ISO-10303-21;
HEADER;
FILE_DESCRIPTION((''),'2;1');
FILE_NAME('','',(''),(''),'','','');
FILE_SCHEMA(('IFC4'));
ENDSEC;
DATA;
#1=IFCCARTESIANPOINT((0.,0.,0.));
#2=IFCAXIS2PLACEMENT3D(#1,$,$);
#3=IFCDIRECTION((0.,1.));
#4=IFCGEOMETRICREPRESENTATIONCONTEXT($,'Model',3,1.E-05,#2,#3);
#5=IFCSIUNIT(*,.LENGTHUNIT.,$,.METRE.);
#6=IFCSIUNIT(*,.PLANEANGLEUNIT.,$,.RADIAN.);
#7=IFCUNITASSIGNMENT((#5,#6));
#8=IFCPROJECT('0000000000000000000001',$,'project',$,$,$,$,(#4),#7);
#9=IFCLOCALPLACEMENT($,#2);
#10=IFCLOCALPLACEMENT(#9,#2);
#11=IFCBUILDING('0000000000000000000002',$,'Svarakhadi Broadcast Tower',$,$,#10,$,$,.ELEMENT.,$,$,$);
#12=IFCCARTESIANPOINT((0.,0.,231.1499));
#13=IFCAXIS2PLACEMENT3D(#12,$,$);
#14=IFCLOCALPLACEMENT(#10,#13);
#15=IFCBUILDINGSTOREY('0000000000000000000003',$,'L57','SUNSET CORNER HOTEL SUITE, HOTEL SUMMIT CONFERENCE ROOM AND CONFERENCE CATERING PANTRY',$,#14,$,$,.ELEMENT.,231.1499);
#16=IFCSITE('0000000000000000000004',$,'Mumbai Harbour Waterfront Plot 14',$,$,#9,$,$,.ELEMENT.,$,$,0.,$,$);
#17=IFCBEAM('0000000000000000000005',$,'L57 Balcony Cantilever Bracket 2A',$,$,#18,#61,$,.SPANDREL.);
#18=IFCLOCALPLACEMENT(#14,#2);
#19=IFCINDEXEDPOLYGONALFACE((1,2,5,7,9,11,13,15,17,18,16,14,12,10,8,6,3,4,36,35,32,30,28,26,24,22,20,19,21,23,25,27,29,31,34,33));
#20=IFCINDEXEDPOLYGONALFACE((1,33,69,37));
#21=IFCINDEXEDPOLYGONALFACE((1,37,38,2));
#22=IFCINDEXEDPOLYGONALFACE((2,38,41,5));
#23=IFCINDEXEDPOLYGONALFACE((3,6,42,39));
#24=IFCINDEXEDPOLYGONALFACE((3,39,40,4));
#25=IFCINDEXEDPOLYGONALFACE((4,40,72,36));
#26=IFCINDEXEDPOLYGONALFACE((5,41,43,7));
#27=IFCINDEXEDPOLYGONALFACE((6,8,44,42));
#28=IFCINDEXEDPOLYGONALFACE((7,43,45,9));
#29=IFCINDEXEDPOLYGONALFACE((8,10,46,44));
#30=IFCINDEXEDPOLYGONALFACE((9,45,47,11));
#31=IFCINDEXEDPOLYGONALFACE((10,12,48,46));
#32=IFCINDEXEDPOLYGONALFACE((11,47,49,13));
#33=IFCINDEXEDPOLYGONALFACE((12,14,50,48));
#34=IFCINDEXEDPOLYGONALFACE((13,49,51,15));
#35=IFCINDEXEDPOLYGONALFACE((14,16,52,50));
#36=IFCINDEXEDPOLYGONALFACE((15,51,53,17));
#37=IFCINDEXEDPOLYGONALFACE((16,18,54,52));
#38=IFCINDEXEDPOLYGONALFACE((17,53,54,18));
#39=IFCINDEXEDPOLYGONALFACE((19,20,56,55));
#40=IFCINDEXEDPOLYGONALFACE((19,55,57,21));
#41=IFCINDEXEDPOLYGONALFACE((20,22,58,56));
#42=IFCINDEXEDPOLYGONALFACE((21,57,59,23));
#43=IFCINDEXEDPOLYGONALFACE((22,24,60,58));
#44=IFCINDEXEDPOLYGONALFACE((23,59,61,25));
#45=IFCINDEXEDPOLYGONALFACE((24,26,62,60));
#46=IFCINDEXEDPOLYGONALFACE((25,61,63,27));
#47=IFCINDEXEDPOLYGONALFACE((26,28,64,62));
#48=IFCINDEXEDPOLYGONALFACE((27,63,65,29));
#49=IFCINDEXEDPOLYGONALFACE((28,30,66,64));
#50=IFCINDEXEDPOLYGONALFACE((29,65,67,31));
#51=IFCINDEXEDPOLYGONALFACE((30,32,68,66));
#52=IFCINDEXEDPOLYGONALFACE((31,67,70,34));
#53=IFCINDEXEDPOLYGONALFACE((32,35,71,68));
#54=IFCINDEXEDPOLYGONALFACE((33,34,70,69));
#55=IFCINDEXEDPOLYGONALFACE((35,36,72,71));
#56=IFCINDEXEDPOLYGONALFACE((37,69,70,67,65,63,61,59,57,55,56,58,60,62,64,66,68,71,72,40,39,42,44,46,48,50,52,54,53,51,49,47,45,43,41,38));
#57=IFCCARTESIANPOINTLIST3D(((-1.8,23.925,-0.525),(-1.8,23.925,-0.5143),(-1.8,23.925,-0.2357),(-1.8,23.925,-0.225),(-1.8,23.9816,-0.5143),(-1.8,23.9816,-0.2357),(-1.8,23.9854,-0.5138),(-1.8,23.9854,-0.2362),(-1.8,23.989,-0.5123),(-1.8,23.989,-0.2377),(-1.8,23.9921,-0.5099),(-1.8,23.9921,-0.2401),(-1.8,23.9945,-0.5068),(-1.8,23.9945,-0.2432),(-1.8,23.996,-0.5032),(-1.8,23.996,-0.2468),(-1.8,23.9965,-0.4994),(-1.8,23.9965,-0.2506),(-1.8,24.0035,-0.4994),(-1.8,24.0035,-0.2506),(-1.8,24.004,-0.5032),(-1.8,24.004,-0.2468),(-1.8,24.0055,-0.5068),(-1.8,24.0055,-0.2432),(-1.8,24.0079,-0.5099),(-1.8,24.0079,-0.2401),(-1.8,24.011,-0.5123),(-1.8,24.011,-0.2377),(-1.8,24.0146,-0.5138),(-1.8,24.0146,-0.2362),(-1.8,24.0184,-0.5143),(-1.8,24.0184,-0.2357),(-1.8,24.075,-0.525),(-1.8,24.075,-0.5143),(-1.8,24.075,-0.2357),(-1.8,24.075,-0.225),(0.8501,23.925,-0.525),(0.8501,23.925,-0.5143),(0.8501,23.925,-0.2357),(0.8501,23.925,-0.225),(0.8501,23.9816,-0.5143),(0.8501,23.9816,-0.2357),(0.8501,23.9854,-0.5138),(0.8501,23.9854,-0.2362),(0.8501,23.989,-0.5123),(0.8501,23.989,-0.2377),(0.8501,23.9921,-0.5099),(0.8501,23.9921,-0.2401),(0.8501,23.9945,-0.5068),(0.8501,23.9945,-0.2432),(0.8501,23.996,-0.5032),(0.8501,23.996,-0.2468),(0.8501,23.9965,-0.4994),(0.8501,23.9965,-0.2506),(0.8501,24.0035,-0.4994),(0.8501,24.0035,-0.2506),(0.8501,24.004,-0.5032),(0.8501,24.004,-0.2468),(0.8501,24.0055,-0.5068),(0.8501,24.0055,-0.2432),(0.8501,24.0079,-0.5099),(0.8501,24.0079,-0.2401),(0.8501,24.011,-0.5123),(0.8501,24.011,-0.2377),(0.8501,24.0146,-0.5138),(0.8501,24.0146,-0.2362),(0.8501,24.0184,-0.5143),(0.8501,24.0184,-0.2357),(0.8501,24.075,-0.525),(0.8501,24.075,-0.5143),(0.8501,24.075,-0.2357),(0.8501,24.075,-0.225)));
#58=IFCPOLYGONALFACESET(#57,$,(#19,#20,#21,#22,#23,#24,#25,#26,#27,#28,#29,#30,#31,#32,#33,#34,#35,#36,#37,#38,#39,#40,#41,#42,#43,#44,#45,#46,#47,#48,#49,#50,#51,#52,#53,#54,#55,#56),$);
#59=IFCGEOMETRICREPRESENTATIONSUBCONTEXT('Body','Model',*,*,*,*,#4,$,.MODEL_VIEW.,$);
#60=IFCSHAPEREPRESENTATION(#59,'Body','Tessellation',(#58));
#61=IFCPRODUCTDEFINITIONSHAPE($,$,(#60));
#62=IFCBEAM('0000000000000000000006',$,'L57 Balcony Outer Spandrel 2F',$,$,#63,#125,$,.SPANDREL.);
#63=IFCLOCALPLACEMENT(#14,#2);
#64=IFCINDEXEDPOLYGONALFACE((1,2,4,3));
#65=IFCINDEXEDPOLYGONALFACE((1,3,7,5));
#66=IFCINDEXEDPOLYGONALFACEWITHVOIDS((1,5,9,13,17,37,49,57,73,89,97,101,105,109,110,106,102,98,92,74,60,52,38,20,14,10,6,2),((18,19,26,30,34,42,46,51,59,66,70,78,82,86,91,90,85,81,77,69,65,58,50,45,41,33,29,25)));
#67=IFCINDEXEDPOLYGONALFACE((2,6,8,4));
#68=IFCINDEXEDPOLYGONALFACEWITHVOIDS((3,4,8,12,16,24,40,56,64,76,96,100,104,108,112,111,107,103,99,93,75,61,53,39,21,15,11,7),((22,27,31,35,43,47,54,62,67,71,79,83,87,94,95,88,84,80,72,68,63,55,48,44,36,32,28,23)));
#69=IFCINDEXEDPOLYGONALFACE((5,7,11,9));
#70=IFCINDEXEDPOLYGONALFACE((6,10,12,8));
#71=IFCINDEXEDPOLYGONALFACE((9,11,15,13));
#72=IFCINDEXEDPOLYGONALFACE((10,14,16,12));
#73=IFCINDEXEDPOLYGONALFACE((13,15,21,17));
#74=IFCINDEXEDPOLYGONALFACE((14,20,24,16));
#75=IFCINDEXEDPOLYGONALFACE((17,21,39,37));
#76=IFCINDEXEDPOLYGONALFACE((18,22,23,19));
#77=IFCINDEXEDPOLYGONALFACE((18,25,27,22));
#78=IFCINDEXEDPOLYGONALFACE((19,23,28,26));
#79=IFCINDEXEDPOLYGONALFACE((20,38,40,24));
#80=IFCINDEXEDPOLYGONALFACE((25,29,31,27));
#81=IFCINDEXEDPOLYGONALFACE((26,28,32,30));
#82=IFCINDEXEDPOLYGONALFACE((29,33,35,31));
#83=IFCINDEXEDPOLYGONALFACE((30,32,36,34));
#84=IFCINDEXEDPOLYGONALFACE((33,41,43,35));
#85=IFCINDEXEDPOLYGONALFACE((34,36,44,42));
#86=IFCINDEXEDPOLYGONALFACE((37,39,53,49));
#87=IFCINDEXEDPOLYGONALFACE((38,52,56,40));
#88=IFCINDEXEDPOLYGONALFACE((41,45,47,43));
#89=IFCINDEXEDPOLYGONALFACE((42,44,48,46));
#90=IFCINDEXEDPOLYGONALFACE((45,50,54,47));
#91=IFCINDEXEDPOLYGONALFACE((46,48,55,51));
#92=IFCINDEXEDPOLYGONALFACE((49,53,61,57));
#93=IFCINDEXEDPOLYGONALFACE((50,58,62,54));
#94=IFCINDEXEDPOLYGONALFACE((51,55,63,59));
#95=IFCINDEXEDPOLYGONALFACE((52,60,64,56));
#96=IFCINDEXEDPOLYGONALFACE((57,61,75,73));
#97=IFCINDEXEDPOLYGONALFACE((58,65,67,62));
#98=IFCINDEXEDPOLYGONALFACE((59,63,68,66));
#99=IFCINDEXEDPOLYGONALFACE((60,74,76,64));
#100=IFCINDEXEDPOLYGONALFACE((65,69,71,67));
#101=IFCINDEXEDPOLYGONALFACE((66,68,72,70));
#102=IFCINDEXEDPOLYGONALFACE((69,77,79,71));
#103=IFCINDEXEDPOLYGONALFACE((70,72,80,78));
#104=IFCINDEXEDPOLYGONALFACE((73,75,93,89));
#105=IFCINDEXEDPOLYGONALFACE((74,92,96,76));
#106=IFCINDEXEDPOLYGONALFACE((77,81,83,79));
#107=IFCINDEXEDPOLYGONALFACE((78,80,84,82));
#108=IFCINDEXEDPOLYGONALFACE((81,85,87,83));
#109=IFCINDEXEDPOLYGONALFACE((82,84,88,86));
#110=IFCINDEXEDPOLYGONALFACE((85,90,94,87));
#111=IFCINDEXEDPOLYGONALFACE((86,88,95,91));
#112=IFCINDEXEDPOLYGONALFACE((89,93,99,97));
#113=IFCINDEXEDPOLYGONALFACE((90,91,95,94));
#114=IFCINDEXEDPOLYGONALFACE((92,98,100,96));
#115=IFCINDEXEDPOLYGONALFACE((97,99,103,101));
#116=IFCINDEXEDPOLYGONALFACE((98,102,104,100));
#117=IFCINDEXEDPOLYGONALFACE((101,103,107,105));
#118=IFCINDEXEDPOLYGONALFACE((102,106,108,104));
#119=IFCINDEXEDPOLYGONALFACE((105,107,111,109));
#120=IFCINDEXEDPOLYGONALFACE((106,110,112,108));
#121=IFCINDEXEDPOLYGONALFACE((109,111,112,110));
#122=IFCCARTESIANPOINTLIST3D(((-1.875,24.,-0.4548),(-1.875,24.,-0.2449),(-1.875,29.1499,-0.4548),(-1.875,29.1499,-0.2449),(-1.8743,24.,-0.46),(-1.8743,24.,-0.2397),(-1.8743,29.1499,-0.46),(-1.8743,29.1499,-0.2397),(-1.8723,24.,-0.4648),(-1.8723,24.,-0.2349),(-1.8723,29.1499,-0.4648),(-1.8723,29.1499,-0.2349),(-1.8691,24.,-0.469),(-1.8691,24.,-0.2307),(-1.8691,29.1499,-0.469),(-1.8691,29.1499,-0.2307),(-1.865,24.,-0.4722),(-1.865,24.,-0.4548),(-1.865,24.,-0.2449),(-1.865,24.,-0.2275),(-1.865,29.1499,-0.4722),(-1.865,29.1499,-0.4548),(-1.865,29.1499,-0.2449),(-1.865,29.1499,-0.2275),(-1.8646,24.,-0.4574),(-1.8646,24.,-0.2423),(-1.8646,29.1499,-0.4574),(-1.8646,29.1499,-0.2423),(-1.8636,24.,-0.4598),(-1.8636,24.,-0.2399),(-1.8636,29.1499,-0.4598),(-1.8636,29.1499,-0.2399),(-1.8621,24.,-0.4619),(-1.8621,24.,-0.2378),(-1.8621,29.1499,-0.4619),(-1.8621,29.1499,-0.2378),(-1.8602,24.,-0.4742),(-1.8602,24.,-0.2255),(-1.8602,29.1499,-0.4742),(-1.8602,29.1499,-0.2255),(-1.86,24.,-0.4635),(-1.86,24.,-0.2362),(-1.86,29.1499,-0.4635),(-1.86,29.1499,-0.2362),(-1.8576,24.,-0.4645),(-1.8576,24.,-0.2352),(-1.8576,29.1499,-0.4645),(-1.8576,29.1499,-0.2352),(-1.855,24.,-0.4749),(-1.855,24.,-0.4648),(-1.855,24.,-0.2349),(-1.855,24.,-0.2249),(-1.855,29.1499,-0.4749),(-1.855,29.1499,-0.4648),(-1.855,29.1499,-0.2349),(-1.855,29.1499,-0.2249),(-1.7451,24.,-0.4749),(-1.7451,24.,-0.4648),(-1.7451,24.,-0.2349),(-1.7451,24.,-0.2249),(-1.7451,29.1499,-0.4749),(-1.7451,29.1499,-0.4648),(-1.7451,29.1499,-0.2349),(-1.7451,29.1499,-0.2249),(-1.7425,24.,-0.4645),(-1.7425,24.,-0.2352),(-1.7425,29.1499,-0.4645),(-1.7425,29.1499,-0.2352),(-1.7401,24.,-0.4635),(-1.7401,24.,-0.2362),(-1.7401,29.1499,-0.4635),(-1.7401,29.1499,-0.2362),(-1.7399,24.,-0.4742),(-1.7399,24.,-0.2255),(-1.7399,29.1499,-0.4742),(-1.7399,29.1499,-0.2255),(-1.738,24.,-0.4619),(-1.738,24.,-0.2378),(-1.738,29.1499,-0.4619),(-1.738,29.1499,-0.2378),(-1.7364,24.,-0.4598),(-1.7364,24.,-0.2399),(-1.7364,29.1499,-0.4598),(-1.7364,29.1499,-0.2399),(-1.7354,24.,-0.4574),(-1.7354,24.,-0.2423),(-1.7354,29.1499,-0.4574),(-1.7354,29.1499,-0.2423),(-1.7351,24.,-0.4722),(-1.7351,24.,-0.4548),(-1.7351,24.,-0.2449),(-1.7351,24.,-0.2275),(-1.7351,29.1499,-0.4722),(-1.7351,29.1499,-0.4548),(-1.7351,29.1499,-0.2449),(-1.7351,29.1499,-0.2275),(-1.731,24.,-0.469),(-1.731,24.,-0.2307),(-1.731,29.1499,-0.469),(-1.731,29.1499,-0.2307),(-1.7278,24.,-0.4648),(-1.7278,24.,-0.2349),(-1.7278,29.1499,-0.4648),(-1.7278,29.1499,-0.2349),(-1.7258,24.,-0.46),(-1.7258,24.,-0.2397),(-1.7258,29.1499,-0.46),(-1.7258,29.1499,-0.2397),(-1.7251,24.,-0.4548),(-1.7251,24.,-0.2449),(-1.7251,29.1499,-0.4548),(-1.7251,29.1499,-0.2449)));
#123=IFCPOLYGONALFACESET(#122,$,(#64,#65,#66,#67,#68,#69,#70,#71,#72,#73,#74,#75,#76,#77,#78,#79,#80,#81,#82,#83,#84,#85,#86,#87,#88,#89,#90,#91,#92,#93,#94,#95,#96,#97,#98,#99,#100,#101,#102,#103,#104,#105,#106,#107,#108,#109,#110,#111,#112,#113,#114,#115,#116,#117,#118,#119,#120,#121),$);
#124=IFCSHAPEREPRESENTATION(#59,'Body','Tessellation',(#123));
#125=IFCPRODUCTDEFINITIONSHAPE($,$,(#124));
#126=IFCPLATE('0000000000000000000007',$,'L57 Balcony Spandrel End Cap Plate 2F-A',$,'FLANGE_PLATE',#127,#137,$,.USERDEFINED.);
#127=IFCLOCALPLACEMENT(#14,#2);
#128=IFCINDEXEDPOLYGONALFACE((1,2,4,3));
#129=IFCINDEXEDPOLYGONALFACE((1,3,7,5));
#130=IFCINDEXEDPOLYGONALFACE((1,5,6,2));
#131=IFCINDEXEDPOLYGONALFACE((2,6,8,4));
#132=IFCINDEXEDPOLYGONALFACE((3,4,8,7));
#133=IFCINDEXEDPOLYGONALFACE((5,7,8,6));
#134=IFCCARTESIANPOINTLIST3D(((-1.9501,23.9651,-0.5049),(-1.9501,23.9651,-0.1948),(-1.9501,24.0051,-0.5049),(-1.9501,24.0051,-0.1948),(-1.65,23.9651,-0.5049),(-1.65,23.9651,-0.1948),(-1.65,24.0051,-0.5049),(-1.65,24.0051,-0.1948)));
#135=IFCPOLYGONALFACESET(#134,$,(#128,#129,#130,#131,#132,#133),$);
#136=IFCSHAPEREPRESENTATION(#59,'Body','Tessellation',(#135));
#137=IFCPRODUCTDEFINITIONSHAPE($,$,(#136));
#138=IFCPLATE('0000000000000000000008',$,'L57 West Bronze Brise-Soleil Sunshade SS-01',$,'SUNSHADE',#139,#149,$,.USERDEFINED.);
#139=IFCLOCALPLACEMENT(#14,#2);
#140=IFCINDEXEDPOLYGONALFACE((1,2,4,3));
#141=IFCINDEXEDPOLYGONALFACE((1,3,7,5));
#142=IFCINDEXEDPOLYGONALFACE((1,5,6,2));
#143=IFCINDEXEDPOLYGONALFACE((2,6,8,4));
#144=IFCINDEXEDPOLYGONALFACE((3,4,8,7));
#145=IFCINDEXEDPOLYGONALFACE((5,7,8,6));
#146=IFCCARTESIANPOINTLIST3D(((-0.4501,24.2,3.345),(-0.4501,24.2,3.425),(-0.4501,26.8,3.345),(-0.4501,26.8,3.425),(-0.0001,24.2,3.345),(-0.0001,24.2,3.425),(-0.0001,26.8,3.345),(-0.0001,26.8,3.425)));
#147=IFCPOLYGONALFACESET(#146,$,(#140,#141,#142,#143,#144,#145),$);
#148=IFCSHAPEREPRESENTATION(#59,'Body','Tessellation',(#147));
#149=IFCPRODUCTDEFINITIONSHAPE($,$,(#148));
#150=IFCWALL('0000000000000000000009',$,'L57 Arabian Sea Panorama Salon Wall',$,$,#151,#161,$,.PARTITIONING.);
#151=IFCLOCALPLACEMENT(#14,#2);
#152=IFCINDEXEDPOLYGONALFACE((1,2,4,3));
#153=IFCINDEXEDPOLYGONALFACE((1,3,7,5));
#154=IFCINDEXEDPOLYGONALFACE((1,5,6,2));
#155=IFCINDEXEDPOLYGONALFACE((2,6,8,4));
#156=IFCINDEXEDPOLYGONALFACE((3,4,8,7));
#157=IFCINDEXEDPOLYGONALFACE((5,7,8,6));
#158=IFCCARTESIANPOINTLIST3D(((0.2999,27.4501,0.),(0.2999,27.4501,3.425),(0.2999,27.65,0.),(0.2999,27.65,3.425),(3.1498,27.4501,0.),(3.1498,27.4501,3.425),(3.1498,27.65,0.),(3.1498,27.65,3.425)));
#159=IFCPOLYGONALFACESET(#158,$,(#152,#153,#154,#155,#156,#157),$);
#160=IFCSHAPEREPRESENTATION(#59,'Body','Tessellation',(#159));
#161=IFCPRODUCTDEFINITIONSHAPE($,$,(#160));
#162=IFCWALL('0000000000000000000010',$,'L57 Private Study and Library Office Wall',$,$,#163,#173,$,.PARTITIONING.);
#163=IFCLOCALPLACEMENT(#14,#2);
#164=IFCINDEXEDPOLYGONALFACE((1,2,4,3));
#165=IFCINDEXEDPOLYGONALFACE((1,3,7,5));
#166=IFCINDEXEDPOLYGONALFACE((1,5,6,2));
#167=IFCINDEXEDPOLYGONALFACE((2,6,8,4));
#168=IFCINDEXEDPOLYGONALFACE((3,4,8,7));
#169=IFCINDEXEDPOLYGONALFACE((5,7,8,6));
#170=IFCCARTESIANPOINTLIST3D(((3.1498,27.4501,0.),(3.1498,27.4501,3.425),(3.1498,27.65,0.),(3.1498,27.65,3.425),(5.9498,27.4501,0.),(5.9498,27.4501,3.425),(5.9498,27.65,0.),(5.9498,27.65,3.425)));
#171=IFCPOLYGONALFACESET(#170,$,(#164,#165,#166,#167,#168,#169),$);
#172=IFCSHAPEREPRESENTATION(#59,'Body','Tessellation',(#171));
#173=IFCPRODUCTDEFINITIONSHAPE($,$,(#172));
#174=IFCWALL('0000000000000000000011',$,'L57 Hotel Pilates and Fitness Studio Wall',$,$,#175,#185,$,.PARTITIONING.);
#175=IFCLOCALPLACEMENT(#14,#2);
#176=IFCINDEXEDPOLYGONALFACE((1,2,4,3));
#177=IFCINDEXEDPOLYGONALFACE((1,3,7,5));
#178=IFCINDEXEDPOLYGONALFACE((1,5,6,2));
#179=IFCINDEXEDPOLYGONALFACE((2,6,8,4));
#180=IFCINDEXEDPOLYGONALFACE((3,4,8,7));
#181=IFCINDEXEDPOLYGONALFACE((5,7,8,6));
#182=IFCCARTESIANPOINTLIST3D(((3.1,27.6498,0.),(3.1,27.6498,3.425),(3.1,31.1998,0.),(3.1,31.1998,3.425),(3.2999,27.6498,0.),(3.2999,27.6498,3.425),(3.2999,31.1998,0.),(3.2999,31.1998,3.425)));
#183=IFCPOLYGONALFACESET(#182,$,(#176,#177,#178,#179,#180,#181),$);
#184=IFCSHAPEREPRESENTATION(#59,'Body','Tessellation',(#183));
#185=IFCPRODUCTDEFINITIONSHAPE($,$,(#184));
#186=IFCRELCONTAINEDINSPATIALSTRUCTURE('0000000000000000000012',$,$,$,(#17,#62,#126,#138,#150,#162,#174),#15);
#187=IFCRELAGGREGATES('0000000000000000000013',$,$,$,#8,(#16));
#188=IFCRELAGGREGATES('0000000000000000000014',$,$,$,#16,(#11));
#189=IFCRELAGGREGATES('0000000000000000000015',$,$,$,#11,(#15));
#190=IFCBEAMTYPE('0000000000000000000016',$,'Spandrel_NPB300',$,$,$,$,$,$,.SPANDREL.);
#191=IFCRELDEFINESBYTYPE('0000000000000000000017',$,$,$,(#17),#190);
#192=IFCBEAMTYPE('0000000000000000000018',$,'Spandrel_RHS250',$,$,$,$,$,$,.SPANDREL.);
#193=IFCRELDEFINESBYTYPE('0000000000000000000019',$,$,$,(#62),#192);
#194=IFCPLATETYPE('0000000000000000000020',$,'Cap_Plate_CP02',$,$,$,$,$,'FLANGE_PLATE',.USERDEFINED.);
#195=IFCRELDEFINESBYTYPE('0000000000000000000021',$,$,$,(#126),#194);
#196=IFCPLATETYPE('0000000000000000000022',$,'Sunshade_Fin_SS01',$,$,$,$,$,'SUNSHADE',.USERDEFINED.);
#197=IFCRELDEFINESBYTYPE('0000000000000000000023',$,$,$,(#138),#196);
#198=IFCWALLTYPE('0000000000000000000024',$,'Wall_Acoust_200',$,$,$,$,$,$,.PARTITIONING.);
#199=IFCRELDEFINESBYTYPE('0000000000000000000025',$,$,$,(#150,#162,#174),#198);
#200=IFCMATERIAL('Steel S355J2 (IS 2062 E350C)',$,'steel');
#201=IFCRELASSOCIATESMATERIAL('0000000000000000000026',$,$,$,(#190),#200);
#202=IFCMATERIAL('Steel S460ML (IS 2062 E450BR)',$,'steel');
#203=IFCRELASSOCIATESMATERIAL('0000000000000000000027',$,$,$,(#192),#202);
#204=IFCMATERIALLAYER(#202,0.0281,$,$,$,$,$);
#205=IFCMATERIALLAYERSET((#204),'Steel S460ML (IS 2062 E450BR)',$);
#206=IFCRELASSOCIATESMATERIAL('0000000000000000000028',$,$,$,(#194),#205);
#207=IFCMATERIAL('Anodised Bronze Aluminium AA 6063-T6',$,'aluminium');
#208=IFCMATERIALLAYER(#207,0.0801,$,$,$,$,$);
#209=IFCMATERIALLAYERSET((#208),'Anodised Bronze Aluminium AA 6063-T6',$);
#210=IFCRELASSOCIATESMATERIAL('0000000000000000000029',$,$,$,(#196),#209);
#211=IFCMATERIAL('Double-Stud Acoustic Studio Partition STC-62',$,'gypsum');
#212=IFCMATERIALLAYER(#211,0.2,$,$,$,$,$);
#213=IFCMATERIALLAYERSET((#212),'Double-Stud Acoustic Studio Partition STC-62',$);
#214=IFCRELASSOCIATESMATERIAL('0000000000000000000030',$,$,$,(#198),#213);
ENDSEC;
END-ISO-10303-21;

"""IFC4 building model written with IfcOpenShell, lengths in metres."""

from ifc_helpers import new_model, si_unit, direction, frame, frame_2d, origin, origin_2d, place, context, subcontext, project, spatial, rectangle, hollow_rectangle, i_section, extrude, material, layer, layer_set, material_profile, profile_set, type_object, element, save


model = new_model("IFC4")

# Units and contexts
model_context = context("Model", 3, precision=1e-05, world=origin(), true_north=direction((0.0, 1.0)))
body_context = subcontext(model_context, "Body", "Model", "MODEL_VIEW")
ifc_project = project(units=[si_unit("LENGTHUNIT", "METRE"), si_unit("PLANEANGLEUNIT", "RADIAN")], contexts=[model_context])

# Site, building, storey
site_placement = place(None, origin())
site = spatial("IfcSite", under=ifc_project, at=site_placement, Name="Mumbai Harbour Waterfront Plot 14", CompositionType="ELEMENT", RefElevation=0.0)
building_placement = place(site_placement, origin())
building = spatial("IfcBuilding", under=site, at=building_placement, Name="Svarakhadi Broadcast Tower", CompositionType="ELEMENT")
storey_placement = place(building_placement, frame((0.0, 0.0, 231.1499)))
storey = spatial("IfcBuildingStorey", under=building, at=storey_placement, Name="L57", Description="SUNSET CORNER HOTEL SUITE, HOTEL SUMMIT CONFERENCE ROOM AND CONFERENCE CATERING PANTRY", CompositionType="ELEMENT", Elevation=231.1499)

# Shared definitions
ifc_material_1 = material(Name="Steel S460ML (IS 2062 E450BR)", Category="steel")

# Shared definitions
ifc_material_2 = material(Name="Steel S355J2 (IS 2062 E350C)", Category="steel")

# Shared definitions
ifc_material_3 = material(Name="Anodised Bronze Aluminium AA 6063-T6", Category="aluminium")

# Beams
ifc_material_profile_1 = material_profile(ifc_material_2, i_section(OverallWidth=0.1499, OverallDepth=0.3, WebThickness=0.0071, FlangeThickness=0.0107, FilletRadius=0.0149, at=origin_2d()), Name="NPB 300x150x37")
ifc_profile_set_1 = profile_set([ifc_material_profile_1], Name="Steel S355J2 (IS 2062 E350C)")
beam_type_1 = type_object("IfcBeamType", Name="Spandrel_NPB300", PredefinedType="SPANDREL", material=ifc_profile_set_1)
beam_1_placement = place(storey_placement, frame((0.8501, 24.0, -0.375), z_axis=(-1.0, 0.0, 0.0), x_axis=(0.0, -1.0, 0.0)))
element("IfcBeam", 1, at=beam_1_placement, inside=storey, type_object=beam_type_1, Name="L57 Balcony Cantilever Bracket 2A", PredefinedType="SPANDREL", context=body_context, shape_type="SweptSolid", body=[
    extrude(i_section(OverallWidth=0.1499, OverallDepth=0.3, WebThickness=0.0071, FlangeThickness=0.0107, FilletRadius=0.0149, at=origin_2d()), origin(), (0.0, 0.0, 1.0), 2.6501),
])
ifc_material_profile_2 = material_profile(ifc_material_1, hollow_rectangle(XDim=0.1499, YDim=0.25, WallThickness=0.01, InnerFilletRadius=0.01, OuterFilletRadius=0.02, at=origin_2d()), Name="RHS 250x150x10")
ifc_profile_set_2 = profile_set([ifc_material_profile_2], Name="Steel S460ML (IS 2062 E450BR)")
beam_type_2 = type_object("IfcBeamType", Name="Spandrel_RHS250", PredefinedType="SPANDREL", material=ifc_profile_set_2)
beam_2_placement = place(storey_placement, frame((-1.8, 24.0, -0.3499), z_axis=(0.0, 1.0, 0.0), x_axis=(-1.0, 0.0, 0.0)))
element("IfcBeam", 2, at=beam_2_placement, inside=storey, type_object=beam_type_2, Name="L57 Balcony Outer Spandrel 2F", PredefinedType="SPANDREL", context=body_context, shape_type="SweptSolid", body=[
    extrude(hollow_rectangle(XDim=0.1499, YDim=0.25, WallThickness=0.01, InnerFilletRadius=0.01, OuterFilletRadius=0.02, at=origin_2d()), origin(), (0.0, 0.0, 1.0), 5.1499),
])

# Plates
ifc_layer_1 = layer(ifc_material_1, 0.0281)
ifc_layer_set_1 = layer_set([ifc_layer_1], Name="Steel S460ML (IS 2062 E450BR)")
plate_type_1 = type_object("IfcPlateType", Name="Cap_Plate_CP02", ElementType="FLANGE_PLATE", PredefinedType="USERDEFINED", material=ifc_layer_set_1)
plate_1_placement = place(storey_placement, frame((-1.8, 23.9851, -0.5049), z_axis=(0.0, 0.0, 1.0), x_axis=(1.0, 0.0, 0.0)))
element("IfcPlate", 3, at=plate_1_placement, inside=storey, type_object=plate_type_1, Name="L57 Balcony Spandrel End Cap Plate 2F-A", ObjectType="FLANGE_PLATE", PredefinedType="USERDEFINED", context=body_context, shape_type="SweptSolid", body=[
    extrude(rectangle(XDim=0.3, YDim=0.04, at=origin_2d()), origin(), (0.0, 0.0, 1.0), 0.3101),
])
ifc_layer_2 = layer(ifc_material_3, 0.0801)
ifc_layer_set_2 = layer_set([ifc_layer_2], Name="Anodised Bronze Aluminium AA 6063-T6")
plate_type_2 = type_object("IfcPlateType", Name="Sunshade_Fin_SS01", ElementType="SUNSHADE", PredefinedType="USERDEFINED", material=ifc_layer_set_2)
plate_2_placement = place(storey_placement, frame((-0.2251, 25.5, 3.345), z_axis=(0.0, 0.0, 1.0), x_axis=(0.0, 1.0, 0.0)))
element("IfcPlate", 4, at=plate_2_placement, inside=storey, type_object=plate_type_2, Name="L57 West Bronze Brise-Soleil Sunshade SS-01", ObjectType="SUNSHADE", PredefinedType="USERDEFINED", context=body_context, shape_type="SweptSolid", body=[
    extrude(rectangle(XDim=2.6001, YDim=0.45, at=origin_2d()), origin(), (0.0, 0.0, 1.0), 0.0801),
])

# Walls
ifc_material_4 = material(Name="Double-Stud Acoustic Studio Partition STC-62", Category="gypsum")
ifc_layer_3 = layer(ifc_material_4, 0.2)
ifc_layer_set_3 = layer_set([ifc_layer_3], Name="Double-Stud Acoustic Studio Partition STC-62")
wall_type_1 = type_object("IfcWallType", Name="Wall_Acoust_200", PredefinedType="PARTITIONING", material=ifc_layer_set_3)
wall_1_placement = place(storey_placement, frame((0.3, 27.55, 0.0), z_axis=(0.0, 0.0, 1.0), x_axis=(1.0, 0.0, 0.0)))
element("IfcWall", 5, at=wall_1_placement, inside=storey, type_object=wall_type_1, Name="L57 Arabian Sea Panorama Salon Wall", PredefinedType="PARTITIONING", context=body_context, shape_type="SweptSolid", body=[
    extrude(rectangle(XDim=2.8499, YDim=0.2, at=frame_2d((1.4248, 0.0))), origin(), (0.0, 0.0, 1.0), 3.425),
])
wall_2_placement = place(storey_placement, frame((3.1499, 27.55, 0.0), z_axis=(0.0, 0.0, 1.0), x_axis=(1.0, 0.0, 0.0)))
element("IfcWall", 6, at=wall_2_placement, inside=storey, type_object=wall_type_1, Name="L57 Private Study and Library Office Wall", PredefinedType="PARTITIONING", context=body_context, shape_type="SweptSolid", body=[
    extrude(rectangle(XDim=2.8, YDim=0.2, at=frame_2d((1.3999, 0.0))), origin(), (0.0, 0.0, 1.0), 3.425),
])
wall_3_placement = place(storey_placement, frame((3.2, 27.6499, 0.0), z_axis=(0.0, 0.0, 1.0), x_axis=(0.0, 1.0, 0.0)))
element("IfcWall", 7, at=wall_3_placement, inside=storey, type_object=wall_type_1, Name="L57 Hotel Pilates and Fitness Studio Wall", PredefinedType="PARTITIONING", context=body_context, shape_type="SweptSolid", body=[
    extrude(rectangle(XDim=3.55, YDim=0.2, at=frame_2d((1.7749, 0.0))), origin(), (0.0, 0.0, 1.0), 3.425),
])

save(model, "model.ifc")
